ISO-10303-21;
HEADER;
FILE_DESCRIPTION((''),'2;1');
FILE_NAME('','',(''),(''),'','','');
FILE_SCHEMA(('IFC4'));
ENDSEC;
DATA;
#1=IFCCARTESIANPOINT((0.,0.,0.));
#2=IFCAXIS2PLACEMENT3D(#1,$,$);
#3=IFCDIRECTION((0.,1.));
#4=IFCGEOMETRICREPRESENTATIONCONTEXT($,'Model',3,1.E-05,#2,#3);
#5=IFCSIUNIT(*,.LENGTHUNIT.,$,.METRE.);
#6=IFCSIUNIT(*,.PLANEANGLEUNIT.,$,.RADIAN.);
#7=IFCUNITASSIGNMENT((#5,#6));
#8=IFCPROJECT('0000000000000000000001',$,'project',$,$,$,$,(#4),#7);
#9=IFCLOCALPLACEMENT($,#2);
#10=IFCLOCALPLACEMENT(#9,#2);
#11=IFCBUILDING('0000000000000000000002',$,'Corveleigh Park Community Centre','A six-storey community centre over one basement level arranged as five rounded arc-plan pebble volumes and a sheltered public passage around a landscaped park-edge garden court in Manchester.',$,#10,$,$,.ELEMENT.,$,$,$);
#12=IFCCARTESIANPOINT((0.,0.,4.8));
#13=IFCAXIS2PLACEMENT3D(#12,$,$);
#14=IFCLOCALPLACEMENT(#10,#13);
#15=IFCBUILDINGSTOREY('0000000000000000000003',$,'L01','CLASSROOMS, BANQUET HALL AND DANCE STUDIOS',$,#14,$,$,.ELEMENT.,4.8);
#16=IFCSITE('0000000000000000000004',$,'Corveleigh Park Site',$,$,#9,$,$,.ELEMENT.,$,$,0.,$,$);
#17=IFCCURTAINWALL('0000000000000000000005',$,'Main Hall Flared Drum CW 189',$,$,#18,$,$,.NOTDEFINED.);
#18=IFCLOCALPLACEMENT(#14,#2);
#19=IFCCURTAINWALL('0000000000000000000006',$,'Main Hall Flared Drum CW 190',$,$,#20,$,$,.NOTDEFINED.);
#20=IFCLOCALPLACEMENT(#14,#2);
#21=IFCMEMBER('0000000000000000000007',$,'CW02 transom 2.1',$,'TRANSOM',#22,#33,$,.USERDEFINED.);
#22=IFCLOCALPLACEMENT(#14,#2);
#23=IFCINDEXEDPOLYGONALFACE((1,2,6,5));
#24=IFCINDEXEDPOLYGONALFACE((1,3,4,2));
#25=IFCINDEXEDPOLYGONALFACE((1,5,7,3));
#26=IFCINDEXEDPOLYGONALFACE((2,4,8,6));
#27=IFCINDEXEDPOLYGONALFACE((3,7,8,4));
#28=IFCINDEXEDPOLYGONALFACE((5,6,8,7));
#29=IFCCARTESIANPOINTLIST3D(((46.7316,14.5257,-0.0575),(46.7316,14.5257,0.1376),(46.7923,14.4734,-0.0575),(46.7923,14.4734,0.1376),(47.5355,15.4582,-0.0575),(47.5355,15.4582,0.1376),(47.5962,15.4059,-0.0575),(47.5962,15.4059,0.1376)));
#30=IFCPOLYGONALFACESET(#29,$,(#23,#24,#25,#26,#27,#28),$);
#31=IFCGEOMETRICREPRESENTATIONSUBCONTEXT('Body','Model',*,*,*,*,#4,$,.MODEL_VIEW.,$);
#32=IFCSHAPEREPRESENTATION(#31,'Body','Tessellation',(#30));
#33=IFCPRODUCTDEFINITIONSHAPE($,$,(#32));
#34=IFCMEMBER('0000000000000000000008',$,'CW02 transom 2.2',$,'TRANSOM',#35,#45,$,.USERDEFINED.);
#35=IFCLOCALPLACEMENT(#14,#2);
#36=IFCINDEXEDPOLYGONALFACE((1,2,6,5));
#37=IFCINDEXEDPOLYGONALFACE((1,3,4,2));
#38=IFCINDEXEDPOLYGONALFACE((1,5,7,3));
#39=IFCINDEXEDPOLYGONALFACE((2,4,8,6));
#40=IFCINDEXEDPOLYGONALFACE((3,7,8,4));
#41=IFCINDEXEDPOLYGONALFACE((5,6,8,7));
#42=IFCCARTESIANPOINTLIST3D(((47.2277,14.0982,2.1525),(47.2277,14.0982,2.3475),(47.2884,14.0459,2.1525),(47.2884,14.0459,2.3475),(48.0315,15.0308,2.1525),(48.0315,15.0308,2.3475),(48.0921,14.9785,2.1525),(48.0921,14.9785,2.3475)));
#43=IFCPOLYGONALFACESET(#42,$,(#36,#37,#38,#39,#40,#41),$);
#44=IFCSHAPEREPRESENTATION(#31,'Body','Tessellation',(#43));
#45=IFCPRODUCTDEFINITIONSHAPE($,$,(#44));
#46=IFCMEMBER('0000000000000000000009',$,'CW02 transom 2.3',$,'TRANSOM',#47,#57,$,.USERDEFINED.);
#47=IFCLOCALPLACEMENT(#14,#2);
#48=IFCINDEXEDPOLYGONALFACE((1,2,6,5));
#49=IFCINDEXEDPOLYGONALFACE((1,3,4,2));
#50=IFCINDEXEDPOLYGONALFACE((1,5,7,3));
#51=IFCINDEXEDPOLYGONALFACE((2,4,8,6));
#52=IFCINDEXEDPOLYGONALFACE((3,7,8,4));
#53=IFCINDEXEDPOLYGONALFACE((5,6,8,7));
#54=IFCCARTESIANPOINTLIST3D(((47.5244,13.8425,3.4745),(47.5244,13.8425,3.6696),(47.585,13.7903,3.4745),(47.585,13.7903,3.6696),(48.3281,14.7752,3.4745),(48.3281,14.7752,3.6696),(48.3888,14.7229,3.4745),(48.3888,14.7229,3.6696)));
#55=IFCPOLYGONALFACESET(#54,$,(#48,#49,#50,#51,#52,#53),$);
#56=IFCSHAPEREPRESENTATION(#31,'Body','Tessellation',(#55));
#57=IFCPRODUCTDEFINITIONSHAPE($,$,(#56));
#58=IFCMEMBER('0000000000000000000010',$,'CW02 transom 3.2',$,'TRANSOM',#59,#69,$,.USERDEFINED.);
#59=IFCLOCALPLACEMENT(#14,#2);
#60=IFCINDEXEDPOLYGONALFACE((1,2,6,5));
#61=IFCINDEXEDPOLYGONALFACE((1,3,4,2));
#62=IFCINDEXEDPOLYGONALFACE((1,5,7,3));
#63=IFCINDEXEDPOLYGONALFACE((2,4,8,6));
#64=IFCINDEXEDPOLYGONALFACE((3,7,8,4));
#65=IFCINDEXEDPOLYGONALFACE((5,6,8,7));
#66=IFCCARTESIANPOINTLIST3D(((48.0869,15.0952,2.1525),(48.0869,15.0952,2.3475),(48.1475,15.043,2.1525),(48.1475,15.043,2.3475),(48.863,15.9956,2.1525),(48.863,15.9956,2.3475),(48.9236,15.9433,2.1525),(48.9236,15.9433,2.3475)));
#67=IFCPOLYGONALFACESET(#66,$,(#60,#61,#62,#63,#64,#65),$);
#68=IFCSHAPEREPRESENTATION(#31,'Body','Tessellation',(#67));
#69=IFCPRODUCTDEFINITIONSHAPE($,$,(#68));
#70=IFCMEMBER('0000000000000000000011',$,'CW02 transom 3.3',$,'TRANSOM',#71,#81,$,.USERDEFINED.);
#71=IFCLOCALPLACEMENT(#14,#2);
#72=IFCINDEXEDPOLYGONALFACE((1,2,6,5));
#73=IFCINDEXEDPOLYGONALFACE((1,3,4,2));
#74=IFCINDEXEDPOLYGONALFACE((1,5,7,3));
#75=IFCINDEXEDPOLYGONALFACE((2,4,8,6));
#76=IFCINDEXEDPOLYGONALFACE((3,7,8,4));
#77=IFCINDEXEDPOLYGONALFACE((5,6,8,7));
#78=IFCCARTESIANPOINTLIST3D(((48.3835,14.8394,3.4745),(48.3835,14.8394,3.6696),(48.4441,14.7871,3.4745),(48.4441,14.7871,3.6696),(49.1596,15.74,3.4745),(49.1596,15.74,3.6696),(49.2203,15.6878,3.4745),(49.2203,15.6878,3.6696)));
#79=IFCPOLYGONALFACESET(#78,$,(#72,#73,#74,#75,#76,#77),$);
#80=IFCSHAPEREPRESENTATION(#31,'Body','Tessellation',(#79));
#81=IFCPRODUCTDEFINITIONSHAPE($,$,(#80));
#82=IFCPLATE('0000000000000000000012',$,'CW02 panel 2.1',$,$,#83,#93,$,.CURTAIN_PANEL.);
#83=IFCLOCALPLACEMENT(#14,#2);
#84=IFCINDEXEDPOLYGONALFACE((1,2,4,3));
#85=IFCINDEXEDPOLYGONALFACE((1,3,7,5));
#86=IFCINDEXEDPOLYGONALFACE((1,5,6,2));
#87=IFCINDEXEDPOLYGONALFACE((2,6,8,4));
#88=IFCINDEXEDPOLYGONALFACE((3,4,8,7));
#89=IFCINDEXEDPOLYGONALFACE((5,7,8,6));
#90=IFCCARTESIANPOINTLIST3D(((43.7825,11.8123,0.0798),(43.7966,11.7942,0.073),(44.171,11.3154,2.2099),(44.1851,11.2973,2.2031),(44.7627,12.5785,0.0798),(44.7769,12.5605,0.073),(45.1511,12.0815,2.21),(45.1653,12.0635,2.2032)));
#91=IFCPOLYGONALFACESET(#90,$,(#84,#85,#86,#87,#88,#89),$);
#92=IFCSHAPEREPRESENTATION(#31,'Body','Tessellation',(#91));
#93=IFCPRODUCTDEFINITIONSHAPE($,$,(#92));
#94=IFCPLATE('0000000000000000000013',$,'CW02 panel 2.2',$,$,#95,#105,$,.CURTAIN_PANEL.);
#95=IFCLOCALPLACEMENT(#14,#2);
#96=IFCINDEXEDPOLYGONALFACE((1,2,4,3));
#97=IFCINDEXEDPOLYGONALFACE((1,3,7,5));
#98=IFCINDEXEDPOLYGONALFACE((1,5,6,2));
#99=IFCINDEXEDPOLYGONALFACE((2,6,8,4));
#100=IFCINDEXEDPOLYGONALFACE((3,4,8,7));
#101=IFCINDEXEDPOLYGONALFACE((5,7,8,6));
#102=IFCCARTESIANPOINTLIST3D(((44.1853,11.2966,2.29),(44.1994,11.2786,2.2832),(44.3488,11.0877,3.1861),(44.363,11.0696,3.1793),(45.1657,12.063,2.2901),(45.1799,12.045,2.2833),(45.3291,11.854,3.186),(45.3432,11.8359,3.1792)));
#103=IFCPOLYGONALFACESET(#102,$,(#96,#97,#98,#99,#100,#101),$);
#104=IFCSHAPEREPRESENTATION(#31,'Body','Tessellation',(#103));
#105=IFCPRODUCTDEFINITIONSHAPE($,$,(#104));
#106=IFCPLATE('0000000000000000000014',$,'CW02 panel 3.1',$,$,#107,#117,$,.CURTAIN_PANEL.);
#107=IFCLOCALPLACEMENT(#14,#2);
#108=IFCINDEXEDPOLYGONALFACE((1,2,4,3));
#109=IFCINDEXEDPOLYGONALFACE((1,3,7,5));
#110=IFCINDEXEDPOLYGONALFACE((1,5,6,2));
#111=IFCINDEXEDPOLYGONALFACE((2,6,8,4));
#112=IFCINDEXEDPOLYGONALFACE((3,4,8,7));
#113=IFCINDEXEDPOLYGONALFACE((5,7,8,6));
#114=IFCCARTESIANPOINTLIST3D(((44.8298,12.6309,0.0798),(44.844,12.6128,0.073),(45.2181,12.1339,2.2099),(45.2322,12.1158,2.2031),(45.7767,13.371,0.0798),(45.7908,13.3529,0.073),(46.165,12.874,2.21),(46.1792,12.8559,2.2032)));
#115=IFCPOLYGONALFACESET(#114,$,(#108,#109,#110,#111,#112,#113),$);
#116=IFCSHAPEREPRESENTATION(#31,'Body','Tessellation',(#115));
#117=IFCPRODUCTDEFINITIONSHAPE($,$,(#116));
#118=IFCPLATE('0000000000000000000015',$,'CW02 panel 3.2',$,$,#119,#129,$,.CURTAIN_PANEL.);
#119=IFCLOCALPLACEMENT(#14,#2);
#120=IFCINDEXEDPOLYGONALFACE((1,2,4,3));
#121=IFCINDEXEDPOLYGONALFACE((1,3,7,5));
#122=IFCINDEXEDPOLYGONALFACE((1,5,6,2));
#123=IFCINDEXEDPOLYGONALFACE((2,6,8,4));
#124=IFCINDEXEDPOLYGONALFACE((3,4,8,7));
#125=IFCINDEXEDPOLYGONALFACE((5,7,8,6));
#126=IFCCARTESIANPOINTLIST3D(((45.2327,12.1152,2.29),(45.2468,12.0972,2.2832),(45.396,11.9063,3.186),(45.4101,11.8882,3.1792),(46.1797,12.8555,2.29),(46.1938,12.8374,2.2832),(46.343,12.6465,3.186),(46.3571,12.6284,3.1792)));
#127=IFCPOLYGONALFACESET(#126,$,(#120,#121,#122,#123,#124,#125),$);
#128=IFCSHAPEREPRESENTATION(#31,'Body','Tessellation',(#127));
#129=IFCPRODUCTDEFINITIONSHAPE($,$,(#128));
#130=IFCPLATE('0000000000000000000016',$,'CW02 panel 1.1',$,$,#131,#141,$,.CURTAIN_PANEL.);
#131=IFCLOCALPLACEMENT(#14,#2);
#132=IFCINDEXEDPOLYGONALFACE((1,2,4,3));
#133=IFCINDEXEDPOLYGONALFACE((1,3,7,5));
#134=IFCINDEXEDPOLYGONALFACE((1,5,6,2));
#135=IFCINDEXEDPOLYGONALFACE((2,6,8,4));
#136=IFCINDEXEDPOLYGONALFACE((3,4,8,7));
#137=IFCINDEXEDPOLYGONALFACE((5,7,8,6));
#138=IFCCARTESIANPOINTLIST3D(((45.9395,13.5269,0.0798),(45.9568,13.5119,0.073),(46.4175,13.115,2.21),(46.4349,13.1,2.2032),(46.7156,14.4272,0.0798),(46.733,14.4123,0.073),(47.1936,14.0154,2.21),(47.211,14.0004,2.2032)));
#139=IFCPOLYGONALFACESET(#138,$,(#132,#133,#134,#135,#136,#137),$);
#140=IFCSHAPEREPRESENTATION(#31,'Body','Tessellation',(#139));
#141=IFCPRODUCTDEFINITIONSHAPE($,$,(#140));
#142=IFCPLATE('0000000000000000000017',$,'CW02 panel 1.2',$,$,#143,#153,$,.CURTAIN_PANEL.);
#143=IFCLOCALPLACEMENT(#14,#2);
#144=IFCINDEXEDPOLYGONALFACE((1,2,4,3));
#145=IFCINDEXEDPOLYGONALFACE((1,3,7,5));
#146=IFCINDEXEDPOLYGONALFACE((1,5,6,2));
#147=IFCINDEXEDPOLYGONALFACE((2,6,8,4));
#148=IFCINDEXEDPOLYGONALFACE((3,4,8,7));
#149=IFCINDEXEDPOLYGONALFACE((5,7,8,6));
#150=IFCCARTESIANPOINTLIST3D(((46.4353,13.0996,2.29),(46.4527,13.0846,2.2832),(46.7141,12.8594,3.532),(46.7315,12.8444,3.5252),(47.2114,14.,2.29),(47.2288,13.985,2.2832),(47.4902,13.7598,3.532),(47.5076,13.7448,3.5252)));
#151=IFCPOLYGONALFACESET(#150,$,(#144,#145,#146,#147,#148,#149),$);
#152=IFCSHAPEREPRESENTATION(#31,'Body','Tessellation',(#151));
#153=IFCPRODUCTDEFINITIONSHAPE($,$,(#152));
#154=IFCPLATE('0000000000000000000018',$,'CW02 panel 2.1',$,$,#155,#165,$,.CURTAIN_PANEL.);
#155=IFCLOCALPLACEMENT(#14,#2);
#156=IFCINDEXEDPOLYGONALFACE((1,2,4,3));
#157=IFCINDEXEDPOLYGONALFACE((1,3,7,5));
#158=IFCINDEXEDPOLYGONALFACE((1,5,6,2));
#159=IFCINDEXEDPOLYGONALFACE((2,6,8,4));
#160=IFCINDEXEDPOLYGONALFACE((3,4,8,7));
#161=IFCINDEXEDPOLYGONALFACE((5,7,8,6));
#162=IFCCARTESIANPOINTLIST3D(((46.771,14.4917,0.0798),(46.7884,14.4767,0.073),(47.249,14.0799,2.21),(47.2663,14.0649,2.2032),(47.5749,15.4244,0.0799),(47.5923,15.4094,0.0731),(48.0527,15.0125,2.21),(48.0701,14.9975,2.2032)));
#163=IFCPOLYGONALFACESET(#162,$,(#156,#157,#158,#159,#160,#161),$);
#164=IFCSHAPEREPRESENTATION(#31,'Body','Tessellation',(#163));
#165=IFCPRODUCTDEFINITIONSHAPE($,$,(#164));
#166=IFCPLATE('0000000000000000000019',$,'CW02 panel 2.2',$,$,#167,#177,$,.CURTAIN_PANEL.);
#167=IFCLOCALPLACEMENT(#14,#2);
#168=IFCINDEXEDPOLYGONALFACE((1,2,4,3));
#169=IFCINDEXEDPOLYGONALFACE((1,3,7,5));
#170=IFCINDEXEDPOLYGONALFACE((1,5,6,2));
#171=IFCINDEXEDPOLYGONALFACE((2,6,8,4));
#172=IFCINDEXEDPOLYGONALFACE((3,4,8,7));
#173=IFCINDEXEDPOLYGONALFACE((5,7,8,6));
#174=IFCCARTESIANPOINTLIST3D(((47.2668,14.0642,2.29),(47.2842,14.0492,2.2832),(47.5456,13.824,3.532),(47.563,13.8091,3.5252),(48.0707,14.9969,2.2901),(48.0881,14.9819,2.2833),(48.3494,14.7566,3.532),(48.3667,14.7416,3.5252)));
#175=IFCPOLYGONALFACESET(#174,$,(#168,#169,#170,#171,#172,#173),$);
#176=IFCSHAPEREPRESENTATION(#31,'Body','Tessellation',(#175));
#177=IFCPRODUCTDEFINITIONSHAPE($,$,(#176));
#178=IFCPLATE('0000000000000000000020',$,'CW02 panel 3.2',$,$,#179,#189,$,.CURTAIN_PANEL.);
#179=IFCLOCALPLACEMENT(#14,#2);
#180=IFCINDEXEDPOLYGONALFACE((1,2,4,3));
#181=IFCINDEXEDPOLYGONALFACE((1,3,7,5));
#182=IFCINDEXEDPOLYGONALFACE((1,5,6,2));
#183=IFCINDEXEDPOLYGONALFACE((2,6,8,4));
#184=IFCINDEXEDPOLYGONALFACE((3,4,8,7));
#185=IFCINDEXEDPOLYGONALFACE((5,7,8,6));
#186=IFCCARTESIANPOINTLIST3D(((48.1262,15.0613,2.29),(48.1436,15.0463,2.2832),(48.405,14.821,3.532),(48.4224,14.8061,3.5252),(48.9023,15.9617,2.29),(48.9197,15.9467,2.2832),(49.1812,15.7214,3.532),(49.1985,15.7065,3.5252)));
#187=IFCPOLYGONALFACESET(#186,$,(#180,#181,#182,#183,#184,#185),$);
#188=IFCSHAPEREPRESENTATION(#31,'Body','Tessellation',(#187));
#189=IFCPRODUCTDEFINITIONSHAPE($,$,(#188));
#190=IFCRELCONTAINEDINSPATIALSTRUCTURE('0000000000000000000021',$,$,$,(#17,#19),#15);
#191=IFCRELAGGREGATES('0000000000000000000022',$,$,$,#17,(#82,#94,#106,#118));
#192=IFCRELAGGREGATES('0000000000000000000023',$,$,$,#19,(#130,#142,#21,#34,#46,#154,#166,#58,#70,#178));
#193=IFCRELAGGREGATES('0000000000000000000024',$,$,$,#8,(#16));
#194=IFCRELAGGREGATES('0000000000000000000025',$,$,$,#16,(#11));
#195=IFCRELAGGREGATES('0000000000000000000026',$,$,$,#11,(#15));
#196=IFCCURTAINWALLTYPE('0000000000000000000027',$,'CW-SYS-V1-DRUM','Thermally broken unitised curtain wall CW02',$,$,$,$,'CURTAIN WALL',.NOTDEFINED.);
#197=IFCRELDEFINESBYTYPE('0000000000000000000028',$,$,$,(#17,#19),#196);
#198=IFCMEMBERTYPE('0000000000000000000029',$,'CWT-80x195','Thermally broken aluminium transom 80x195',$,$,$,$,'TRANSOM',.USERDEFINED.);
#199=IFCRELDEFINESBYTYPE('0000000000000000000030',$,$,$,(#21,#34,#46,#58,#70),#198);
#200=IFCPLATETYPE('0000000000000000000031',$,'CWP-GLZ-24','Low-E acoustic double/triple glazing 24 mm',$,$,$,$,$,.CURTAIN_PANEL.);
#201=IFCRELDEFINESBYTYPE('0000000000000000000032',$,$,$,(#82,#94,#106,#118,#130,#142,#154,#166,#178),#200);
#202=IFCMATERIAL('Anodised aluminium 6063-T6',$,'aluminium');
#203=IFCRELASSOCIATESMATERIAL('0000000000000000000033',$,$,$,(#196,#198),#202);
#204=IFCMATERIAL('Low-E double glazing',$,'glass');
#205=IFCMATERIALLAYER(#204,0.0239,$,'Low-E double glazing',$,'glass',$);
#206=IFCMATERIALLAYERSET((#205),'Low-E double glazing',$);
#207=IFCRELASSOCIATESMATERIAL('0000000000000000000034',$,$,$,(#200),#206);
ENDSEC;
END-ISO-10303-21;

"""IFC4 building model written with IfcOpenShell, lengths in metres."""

from ifc_helpers import new_model, si_unit, direction, frame, origin, origin_2d, place, context, subcontext, project, spatial, polyline, rectangle, outline, extrude, material, layer, layer_set, material_profile, profile_set, type_object, element, aggregate, save


model = new_model("IFC4")

# Units and contexts
model_context = context("Model", 3, precision=1e-05, world=origin(), true_north=direction((0.0, 1.0)))
body_context = subcontext(model_context, "Body", "Model", "MODEL_VIEW")
ifc_project = project(units=[si_unit("LENGTHUNIT", "METRE"), si_unit("PLANEANGLEUNIT", "RADIAN")], contexts=[model_context])

# Site, building, storey
site_placement = place(None, origin())
site = spatial("IfcSite", under=ifc_project, at=site_placement, Name="Corveleigh Park Site", CompositionType="ELEMENT", RefElevation=0.0)
building_placement = place(site_placement, origin())
building = spatial("IfcBuilding", under=site, at=building_placement, Name="Corveleigh Park Community Centre", Description="A six-storey community centre over one basement level arranged as five rounded arc-plan pebble volumes and a sheltered public passage around a landscaped park-edge garden court in Manchester.", CompositionType="ELEMENT")
storey_placement = place(building_placement, frame((0.0, 0.0, 4.8)))
storey = spatial("IfcBuildingStorey", under=building, at=storey_placement, Name="L01", Description="CLASSROOMS, BANQUET HALL AND DANCE STUDIOS", CompositionType="ELEMENT", Elevation=4.8)

# Curtain walls
ifc_material_1 = material(Name="Anodised aluminium 6063-T6", Category="aluminium")
curtain_wall_type = type_object("IfcCurtainWallType", Name="CW-SYS-V1-DRUM", Description="Thermally broken unitised curtain wall CW02", ElementType="CURTAIN WALL", PredefinedType="NOTDEFINED", material=ifc_material_1)
curtain_wall_1_placement = place(storey_placement, origin())
curtain_wall_1 = element("IfcCurtainWall", 1, at=curtain_wall_1_placement, inside=storey, type_object=curtain_wall_type, Name="Main Hall Flared Drum CW 189", PredefinedType="NOTDEFINED")
curtain_wall_2_placement = place(storey_placement, origin())
curtain_wall_2 = element("IfcCurtainWall", 2, at=curtain_wall_2_placement, inside=storey, type_object=curtain_wall_type, Name="Main Hall Flared Drum CW 190", PredefinedType="NOTDEFINED")

# Members
ifc_material_profile_1 = material_profile(ifc_material_1, rectangle(XDim=0.0801, YDim=0.1951, at=origin_2d()), Name="ALU-T80x195", Category="aluminium")
ifc_profile_set_1 = profile_set([ifc_material_profile_1], Name="Anodised aluminium 6063-T6")
member_type_1 = type_object("IfcMemberType", Name="CWT-80x195", Description="Thermally broken aluminium transom 80x195", ElementType="TRANSOM", PredefinedType="USERDEFINED", material=ifc_profile_set_1)
member_1_placement = place(storey_placement, frame((46.762, 14.4995, 0.04), z_axis=(0.652928, 0.75742, 0.0), x_axis=(-0.75742, 0.652928, 0.0)))
member_1 = element("IfcMember", 3, at=member_1_placement, type_object=member_type_1, Name="CW02 transom 2.1", ObjectType="TRANSOM", PredefinedType="USERDEFINED", context=body_context, shape_type="SweptSolid", body=[
    extrude(rectangle(XDim=0.0801, YDim=0.1951, at=origin_2d()), origin(), (0.0, 0.0, 1.0), 1.2312),
])
member_2_placement = place(storey_placement, frame((47.2581, 14.072, 2.25), z_axis=(0.652814, 0.757518, 0.0), x_axis=(-0.757518, 0.652814, 0.0)))
member_2 = element("IfcMember", 4, at=member_2_placement, type_object=member_type_1, Name="CW02 transom 2.2", ObjectType="TRANSOM", PredefinedType="USERDEFINED", context=body_context, shape_type="SweptSolid", body=[
    extrude(rectangle(XDim=0.0801, YDim=0.1951, at=origin_2d()), origin(), (0.0, 0.0, 1.0), 1.2312),
])
member_3_placement = place(storey_placement, frame((47.5547, 13.8164, 3.572), z_axis=(0.652814, 0.757518, 0.0), x_axis=(-0.757518, 0.652814, 0.0)))
member_3 = element("IfcMember", 5, at=member_3_placement, type_object=member_type_1, Name="CW02 transom 2.3", ObjectType="TRANSOM", PredefinedType="USERDEFINED", context=body_context, shape_type="SweptSolid", body=[
    extrude(rectangle(XDim=0.0801, YDim=0.1951, at=origin_2d()), origin(), (0.0, 0.0, 1.0), 1.2312),
])
member_4_placement = place(storey_placement, frame((48.1172, 15.0691, 2.25), z_axis=(0.652903, 0.757441, 0.0), x_axis=(-0.757441, 0.652903, 0.0)))
member_4 = element("IfcMember", 6, at=member_4_placement, type_object=member_type_1, Name="CW02 transom 3.2", ObjectType="TRANSOM", PredefinedType="USERDEFINED", context=body_context, shape_type="SweptSolid", body=[
    extrude(rectangle(XDim=0.0801, YDim=0.1951, at=origin_2d()), origin(), (0.0, 0.0, 1.0), 1.1887),
])
member_5_placement = place(storey_placement, frame((48.4138, 14.8132, 3.572), z_axis=(0.652801, 0.757529, 0.0), x_axis=(-0.757529, 0.652801, 0.0)))
member_5 = element("IfcMember", 7, at=member_5_placement, type_object=member_type_1, Name="CW02 transom 3.3", ObjectType="TRANSOM", PredefinedType="USERDEFINED", context=body_context, shape_type="SweptSolid", body=[
    extrude(rectangle(XDim=0.0801, YDim=0.1951, at=origin_2d()), origin(), (0.0, 0.0, 1.0), 1.189),
])

# Plates
ifc_material_2 = material(Name="Low-E double glazing", Category="glass")
ifc_layer_1 = layer(ifc_material_2, 0.0239, Name="Low-E double glazing", Category="glass")
ifc_layer_set_1 = layer_set([ifc_layer_1], Name="Low-E double glazing")
plate_type_1 = type_object("IfcPlateType", Name="CWP-GLZ-24", Description="Low-E acoustic double/triple glazing 24 mm", PredefinedType="CURTAIN_PANEL", material=ifc_layer_set_1)
plate_1_placement = place(storey_placement, frame((43.7825, 11.8123, 0.0798), z_axis=(-0.590517, 0.755433, 0.283919), x_axis=(0.787851, 0.615866, -0.000021)))
plate_1 = element("IfcPlate", 8, at=plate_1_placement, type_object=plate_type_1, Name="CW02 panel 2.1", PredefinedType="CURTAIN_PANEL", context=body_context, shape_type="SweptSolid", body=[
    extrude(outline(polyline([(0.0, 0.0), (1.2442, 0.0), (1.2441, -2.2216), (0.0, -2.2215), (0.0, 0.0)])), origin(), (0.0, 0.0, -1.0), 0.0239),
])
plate_2_placement = place(storey_placement, frame((44.1853, 11.2966, 2.29), z_axis=(-0.590529, 0.755422, 0.283924), x_axis=(0.787847, 0.615871, 0.000016)))
plate_2 = element("IfcPlate", 9, at=plate_2_placement, type_object=plate_type_1, Name="CW02 panel 2.2", PredefinedType="CURTAIN_PANEL", context=body_context, shape_type="SweptSolid", body=[
    extrude(outline(polyline([(0.0, 0.0), (1.2444, 0.0), (1.2444, -0.9344), (0.0002, -0.9345), (0.0, 0.0)])), origin(), (0.0, 0.0, -1.0), 0.0239),
])
plate_3_placement = place(storey_placement, frame((44.8298, 12.6309, 0.0798), z_axis=(-0.590487, 0.755469, 0.283888), x_axis=(0.787877, 0.615832, -0.000039)))
plate_3 = element("IfcPlate", 10, at=plate_3_placement, type_object=plate_type_1, Name="CW02 panel 3.1", PredefinedType="CURTAIN_PANEL", context=body_context, shape_type="SweptSolid", body=[
    extrude(outline(polyline([(0.0, 0.0), (1.2018, 0.0), (1.2016, -2.2216), (-0.0002, -2.2215), (0.0, 0.0)])), origin(), (0.0, 0.0, -1.0), 0.0239),
])
plate_4_placement = place(storey_placement, frame((45.2327, 12.1152, 2.29), z_axis=(-0.590507, 0.755467, 0.28385), x_axis=(0.787873, 0.615837, 0.0)))
plate_4 = element("IfcPlate", 11, at=plate_4_placement, type_object=plate_type_1, Name="CW02 panel 3.2", PredefinedType="CURTAIN_PANEL", context=body_context, shape_type="SweptSolid", body=[
    extrude(outline(polyline([(0.0, 0.0), (1.202, 0.0), (1.202, -0.9344), (0.0, -0.9344), (0.0, 0.0)])), origin(), (0.0, 0.0, -1.0), 0.0239),
])
aggregate(curtain_wall_1, [plate_1, plate_2, plate_3, plate_4])
plate_5_placement = place(storey_placement, frame((45.9395, 13.5269, 0.0798), z_axis=(-0.726249, 0.626015, 0.284021), x_axis=(0.652903, 0.757441, 0.0)))
plate_5 = element("IfcPlate", 12, at=plate_5_placement, type_object=plate_type_1, Name="CW02 panel 1.1", PredefinedType="CURTAIN_PANEL", context=body_context, shape_type="SweptSolid", body=[
    extrude(outline(polyline([(0.0, 0.0), (1.1887, 0.0), (1.1889, -2.2216), (0.0001, -2.2216), (0.0, 0.0)])), origin(), (0.0, 0.0, -1.0), 0.0239),
])
plate_6_placement = place(storey_placement, frame((46.4353, 13.0996, 2.29), z_axis=(-0.726226, 0.625996, 0.284122), x_axis=(0.652903, 0.757441, 0.0)))
plate_6 = element("IfcPlate", 13, at=plate_6_placement, type_object=plate_type_1, Name="CW02 panel 1.2", PredefinedType="CURTAIN_PANEL", context=body_context, shape_type="SweptSolid", body=[
    extrude(outline(polyline([(0.0, 0.0), (1.1887, 0.0), (1.1888, -1.2953), (0.0001, -1.2953), (0.0, 0.0)])), origin(), (0.0, 0.0, -1.0), 0.0239),
])
plate_7_placement = place(storey_placement, frame((46.771, 14.4917, 0.0798), z_axis=(-0.726284, 0.625992, 0.283983), x_axis=(0.652876, 0.757465, 0.00002)))
plate_7 = element("IfcPlate", 14, at=plate_7_placement, type_object=plate_type_1, Name="CW02 panel 2.1", PredefinedType="CURTAIN_PANEL", context=body_context, shape_type="SweptSolid", body=[
    extrude(outline(polyline([(0.0, 0.0), (1.2313, 0.0), (1.2313, -2.2216), (0.0002, -2.2216), (0.0, 0.0)])), origin(), (0.0, 0.0, -1.0), 0.0239),
])
plate_8_placement = place(storey_placement, frame((47.2668, 14.0642, 2.29), z_axis=(-0.726267, 0.625978, 0.284057), x_axis=(0.652876, 0.757465, 0.00002)))
plate_8 = element("IfcPlate", 15, at=plate_8_placement, type_object=plate_type_1, Name="CW02 panel 2.2", PredefinedType="CURTAIN_PANEL", context=body_context, shape_type="SweptSolid", body=[
    extrude(outline(polyline([(0.0, 0.0), (1.2313, 0.0), (1.2312, -1.2953), (0.0001, -1.2953), (0.0, 0.0)])), origin(), (0.0, 0.0, -1.0), 0.0239),
])
plate_9_placement = place(storey_placement, frame((48.1262, 15.0613, 2.29), z_axis=(-0.726226, 0.625996, 0.284122), x_axis=(0.652903, 0.757441, 0.0)))
plate_9 = element("IfcPlate", 16, at=plate_9_placement, type_object=plate_type_1, Name="CW02 panel 3.2", PredefinedType="CURTAIN_PANEL", context=body_context, shape_type="SweptSolid", body=[
    extrude(outline(polyline([(0.0, 0.0), (1.1887, 0.0), (1.1888, -1.2953), (0.0001, -1.2953), (0.0, 0.0)])), origin(), (0.0, 0.0, -1.0), 0.0239),
])
aggregate(curtain_wall_2, [plate_5, plate_6, member_1, member_2, member_3, plate_7, plate_8, member_4, member_5, plate_9])

save(model, "model.ifc")
